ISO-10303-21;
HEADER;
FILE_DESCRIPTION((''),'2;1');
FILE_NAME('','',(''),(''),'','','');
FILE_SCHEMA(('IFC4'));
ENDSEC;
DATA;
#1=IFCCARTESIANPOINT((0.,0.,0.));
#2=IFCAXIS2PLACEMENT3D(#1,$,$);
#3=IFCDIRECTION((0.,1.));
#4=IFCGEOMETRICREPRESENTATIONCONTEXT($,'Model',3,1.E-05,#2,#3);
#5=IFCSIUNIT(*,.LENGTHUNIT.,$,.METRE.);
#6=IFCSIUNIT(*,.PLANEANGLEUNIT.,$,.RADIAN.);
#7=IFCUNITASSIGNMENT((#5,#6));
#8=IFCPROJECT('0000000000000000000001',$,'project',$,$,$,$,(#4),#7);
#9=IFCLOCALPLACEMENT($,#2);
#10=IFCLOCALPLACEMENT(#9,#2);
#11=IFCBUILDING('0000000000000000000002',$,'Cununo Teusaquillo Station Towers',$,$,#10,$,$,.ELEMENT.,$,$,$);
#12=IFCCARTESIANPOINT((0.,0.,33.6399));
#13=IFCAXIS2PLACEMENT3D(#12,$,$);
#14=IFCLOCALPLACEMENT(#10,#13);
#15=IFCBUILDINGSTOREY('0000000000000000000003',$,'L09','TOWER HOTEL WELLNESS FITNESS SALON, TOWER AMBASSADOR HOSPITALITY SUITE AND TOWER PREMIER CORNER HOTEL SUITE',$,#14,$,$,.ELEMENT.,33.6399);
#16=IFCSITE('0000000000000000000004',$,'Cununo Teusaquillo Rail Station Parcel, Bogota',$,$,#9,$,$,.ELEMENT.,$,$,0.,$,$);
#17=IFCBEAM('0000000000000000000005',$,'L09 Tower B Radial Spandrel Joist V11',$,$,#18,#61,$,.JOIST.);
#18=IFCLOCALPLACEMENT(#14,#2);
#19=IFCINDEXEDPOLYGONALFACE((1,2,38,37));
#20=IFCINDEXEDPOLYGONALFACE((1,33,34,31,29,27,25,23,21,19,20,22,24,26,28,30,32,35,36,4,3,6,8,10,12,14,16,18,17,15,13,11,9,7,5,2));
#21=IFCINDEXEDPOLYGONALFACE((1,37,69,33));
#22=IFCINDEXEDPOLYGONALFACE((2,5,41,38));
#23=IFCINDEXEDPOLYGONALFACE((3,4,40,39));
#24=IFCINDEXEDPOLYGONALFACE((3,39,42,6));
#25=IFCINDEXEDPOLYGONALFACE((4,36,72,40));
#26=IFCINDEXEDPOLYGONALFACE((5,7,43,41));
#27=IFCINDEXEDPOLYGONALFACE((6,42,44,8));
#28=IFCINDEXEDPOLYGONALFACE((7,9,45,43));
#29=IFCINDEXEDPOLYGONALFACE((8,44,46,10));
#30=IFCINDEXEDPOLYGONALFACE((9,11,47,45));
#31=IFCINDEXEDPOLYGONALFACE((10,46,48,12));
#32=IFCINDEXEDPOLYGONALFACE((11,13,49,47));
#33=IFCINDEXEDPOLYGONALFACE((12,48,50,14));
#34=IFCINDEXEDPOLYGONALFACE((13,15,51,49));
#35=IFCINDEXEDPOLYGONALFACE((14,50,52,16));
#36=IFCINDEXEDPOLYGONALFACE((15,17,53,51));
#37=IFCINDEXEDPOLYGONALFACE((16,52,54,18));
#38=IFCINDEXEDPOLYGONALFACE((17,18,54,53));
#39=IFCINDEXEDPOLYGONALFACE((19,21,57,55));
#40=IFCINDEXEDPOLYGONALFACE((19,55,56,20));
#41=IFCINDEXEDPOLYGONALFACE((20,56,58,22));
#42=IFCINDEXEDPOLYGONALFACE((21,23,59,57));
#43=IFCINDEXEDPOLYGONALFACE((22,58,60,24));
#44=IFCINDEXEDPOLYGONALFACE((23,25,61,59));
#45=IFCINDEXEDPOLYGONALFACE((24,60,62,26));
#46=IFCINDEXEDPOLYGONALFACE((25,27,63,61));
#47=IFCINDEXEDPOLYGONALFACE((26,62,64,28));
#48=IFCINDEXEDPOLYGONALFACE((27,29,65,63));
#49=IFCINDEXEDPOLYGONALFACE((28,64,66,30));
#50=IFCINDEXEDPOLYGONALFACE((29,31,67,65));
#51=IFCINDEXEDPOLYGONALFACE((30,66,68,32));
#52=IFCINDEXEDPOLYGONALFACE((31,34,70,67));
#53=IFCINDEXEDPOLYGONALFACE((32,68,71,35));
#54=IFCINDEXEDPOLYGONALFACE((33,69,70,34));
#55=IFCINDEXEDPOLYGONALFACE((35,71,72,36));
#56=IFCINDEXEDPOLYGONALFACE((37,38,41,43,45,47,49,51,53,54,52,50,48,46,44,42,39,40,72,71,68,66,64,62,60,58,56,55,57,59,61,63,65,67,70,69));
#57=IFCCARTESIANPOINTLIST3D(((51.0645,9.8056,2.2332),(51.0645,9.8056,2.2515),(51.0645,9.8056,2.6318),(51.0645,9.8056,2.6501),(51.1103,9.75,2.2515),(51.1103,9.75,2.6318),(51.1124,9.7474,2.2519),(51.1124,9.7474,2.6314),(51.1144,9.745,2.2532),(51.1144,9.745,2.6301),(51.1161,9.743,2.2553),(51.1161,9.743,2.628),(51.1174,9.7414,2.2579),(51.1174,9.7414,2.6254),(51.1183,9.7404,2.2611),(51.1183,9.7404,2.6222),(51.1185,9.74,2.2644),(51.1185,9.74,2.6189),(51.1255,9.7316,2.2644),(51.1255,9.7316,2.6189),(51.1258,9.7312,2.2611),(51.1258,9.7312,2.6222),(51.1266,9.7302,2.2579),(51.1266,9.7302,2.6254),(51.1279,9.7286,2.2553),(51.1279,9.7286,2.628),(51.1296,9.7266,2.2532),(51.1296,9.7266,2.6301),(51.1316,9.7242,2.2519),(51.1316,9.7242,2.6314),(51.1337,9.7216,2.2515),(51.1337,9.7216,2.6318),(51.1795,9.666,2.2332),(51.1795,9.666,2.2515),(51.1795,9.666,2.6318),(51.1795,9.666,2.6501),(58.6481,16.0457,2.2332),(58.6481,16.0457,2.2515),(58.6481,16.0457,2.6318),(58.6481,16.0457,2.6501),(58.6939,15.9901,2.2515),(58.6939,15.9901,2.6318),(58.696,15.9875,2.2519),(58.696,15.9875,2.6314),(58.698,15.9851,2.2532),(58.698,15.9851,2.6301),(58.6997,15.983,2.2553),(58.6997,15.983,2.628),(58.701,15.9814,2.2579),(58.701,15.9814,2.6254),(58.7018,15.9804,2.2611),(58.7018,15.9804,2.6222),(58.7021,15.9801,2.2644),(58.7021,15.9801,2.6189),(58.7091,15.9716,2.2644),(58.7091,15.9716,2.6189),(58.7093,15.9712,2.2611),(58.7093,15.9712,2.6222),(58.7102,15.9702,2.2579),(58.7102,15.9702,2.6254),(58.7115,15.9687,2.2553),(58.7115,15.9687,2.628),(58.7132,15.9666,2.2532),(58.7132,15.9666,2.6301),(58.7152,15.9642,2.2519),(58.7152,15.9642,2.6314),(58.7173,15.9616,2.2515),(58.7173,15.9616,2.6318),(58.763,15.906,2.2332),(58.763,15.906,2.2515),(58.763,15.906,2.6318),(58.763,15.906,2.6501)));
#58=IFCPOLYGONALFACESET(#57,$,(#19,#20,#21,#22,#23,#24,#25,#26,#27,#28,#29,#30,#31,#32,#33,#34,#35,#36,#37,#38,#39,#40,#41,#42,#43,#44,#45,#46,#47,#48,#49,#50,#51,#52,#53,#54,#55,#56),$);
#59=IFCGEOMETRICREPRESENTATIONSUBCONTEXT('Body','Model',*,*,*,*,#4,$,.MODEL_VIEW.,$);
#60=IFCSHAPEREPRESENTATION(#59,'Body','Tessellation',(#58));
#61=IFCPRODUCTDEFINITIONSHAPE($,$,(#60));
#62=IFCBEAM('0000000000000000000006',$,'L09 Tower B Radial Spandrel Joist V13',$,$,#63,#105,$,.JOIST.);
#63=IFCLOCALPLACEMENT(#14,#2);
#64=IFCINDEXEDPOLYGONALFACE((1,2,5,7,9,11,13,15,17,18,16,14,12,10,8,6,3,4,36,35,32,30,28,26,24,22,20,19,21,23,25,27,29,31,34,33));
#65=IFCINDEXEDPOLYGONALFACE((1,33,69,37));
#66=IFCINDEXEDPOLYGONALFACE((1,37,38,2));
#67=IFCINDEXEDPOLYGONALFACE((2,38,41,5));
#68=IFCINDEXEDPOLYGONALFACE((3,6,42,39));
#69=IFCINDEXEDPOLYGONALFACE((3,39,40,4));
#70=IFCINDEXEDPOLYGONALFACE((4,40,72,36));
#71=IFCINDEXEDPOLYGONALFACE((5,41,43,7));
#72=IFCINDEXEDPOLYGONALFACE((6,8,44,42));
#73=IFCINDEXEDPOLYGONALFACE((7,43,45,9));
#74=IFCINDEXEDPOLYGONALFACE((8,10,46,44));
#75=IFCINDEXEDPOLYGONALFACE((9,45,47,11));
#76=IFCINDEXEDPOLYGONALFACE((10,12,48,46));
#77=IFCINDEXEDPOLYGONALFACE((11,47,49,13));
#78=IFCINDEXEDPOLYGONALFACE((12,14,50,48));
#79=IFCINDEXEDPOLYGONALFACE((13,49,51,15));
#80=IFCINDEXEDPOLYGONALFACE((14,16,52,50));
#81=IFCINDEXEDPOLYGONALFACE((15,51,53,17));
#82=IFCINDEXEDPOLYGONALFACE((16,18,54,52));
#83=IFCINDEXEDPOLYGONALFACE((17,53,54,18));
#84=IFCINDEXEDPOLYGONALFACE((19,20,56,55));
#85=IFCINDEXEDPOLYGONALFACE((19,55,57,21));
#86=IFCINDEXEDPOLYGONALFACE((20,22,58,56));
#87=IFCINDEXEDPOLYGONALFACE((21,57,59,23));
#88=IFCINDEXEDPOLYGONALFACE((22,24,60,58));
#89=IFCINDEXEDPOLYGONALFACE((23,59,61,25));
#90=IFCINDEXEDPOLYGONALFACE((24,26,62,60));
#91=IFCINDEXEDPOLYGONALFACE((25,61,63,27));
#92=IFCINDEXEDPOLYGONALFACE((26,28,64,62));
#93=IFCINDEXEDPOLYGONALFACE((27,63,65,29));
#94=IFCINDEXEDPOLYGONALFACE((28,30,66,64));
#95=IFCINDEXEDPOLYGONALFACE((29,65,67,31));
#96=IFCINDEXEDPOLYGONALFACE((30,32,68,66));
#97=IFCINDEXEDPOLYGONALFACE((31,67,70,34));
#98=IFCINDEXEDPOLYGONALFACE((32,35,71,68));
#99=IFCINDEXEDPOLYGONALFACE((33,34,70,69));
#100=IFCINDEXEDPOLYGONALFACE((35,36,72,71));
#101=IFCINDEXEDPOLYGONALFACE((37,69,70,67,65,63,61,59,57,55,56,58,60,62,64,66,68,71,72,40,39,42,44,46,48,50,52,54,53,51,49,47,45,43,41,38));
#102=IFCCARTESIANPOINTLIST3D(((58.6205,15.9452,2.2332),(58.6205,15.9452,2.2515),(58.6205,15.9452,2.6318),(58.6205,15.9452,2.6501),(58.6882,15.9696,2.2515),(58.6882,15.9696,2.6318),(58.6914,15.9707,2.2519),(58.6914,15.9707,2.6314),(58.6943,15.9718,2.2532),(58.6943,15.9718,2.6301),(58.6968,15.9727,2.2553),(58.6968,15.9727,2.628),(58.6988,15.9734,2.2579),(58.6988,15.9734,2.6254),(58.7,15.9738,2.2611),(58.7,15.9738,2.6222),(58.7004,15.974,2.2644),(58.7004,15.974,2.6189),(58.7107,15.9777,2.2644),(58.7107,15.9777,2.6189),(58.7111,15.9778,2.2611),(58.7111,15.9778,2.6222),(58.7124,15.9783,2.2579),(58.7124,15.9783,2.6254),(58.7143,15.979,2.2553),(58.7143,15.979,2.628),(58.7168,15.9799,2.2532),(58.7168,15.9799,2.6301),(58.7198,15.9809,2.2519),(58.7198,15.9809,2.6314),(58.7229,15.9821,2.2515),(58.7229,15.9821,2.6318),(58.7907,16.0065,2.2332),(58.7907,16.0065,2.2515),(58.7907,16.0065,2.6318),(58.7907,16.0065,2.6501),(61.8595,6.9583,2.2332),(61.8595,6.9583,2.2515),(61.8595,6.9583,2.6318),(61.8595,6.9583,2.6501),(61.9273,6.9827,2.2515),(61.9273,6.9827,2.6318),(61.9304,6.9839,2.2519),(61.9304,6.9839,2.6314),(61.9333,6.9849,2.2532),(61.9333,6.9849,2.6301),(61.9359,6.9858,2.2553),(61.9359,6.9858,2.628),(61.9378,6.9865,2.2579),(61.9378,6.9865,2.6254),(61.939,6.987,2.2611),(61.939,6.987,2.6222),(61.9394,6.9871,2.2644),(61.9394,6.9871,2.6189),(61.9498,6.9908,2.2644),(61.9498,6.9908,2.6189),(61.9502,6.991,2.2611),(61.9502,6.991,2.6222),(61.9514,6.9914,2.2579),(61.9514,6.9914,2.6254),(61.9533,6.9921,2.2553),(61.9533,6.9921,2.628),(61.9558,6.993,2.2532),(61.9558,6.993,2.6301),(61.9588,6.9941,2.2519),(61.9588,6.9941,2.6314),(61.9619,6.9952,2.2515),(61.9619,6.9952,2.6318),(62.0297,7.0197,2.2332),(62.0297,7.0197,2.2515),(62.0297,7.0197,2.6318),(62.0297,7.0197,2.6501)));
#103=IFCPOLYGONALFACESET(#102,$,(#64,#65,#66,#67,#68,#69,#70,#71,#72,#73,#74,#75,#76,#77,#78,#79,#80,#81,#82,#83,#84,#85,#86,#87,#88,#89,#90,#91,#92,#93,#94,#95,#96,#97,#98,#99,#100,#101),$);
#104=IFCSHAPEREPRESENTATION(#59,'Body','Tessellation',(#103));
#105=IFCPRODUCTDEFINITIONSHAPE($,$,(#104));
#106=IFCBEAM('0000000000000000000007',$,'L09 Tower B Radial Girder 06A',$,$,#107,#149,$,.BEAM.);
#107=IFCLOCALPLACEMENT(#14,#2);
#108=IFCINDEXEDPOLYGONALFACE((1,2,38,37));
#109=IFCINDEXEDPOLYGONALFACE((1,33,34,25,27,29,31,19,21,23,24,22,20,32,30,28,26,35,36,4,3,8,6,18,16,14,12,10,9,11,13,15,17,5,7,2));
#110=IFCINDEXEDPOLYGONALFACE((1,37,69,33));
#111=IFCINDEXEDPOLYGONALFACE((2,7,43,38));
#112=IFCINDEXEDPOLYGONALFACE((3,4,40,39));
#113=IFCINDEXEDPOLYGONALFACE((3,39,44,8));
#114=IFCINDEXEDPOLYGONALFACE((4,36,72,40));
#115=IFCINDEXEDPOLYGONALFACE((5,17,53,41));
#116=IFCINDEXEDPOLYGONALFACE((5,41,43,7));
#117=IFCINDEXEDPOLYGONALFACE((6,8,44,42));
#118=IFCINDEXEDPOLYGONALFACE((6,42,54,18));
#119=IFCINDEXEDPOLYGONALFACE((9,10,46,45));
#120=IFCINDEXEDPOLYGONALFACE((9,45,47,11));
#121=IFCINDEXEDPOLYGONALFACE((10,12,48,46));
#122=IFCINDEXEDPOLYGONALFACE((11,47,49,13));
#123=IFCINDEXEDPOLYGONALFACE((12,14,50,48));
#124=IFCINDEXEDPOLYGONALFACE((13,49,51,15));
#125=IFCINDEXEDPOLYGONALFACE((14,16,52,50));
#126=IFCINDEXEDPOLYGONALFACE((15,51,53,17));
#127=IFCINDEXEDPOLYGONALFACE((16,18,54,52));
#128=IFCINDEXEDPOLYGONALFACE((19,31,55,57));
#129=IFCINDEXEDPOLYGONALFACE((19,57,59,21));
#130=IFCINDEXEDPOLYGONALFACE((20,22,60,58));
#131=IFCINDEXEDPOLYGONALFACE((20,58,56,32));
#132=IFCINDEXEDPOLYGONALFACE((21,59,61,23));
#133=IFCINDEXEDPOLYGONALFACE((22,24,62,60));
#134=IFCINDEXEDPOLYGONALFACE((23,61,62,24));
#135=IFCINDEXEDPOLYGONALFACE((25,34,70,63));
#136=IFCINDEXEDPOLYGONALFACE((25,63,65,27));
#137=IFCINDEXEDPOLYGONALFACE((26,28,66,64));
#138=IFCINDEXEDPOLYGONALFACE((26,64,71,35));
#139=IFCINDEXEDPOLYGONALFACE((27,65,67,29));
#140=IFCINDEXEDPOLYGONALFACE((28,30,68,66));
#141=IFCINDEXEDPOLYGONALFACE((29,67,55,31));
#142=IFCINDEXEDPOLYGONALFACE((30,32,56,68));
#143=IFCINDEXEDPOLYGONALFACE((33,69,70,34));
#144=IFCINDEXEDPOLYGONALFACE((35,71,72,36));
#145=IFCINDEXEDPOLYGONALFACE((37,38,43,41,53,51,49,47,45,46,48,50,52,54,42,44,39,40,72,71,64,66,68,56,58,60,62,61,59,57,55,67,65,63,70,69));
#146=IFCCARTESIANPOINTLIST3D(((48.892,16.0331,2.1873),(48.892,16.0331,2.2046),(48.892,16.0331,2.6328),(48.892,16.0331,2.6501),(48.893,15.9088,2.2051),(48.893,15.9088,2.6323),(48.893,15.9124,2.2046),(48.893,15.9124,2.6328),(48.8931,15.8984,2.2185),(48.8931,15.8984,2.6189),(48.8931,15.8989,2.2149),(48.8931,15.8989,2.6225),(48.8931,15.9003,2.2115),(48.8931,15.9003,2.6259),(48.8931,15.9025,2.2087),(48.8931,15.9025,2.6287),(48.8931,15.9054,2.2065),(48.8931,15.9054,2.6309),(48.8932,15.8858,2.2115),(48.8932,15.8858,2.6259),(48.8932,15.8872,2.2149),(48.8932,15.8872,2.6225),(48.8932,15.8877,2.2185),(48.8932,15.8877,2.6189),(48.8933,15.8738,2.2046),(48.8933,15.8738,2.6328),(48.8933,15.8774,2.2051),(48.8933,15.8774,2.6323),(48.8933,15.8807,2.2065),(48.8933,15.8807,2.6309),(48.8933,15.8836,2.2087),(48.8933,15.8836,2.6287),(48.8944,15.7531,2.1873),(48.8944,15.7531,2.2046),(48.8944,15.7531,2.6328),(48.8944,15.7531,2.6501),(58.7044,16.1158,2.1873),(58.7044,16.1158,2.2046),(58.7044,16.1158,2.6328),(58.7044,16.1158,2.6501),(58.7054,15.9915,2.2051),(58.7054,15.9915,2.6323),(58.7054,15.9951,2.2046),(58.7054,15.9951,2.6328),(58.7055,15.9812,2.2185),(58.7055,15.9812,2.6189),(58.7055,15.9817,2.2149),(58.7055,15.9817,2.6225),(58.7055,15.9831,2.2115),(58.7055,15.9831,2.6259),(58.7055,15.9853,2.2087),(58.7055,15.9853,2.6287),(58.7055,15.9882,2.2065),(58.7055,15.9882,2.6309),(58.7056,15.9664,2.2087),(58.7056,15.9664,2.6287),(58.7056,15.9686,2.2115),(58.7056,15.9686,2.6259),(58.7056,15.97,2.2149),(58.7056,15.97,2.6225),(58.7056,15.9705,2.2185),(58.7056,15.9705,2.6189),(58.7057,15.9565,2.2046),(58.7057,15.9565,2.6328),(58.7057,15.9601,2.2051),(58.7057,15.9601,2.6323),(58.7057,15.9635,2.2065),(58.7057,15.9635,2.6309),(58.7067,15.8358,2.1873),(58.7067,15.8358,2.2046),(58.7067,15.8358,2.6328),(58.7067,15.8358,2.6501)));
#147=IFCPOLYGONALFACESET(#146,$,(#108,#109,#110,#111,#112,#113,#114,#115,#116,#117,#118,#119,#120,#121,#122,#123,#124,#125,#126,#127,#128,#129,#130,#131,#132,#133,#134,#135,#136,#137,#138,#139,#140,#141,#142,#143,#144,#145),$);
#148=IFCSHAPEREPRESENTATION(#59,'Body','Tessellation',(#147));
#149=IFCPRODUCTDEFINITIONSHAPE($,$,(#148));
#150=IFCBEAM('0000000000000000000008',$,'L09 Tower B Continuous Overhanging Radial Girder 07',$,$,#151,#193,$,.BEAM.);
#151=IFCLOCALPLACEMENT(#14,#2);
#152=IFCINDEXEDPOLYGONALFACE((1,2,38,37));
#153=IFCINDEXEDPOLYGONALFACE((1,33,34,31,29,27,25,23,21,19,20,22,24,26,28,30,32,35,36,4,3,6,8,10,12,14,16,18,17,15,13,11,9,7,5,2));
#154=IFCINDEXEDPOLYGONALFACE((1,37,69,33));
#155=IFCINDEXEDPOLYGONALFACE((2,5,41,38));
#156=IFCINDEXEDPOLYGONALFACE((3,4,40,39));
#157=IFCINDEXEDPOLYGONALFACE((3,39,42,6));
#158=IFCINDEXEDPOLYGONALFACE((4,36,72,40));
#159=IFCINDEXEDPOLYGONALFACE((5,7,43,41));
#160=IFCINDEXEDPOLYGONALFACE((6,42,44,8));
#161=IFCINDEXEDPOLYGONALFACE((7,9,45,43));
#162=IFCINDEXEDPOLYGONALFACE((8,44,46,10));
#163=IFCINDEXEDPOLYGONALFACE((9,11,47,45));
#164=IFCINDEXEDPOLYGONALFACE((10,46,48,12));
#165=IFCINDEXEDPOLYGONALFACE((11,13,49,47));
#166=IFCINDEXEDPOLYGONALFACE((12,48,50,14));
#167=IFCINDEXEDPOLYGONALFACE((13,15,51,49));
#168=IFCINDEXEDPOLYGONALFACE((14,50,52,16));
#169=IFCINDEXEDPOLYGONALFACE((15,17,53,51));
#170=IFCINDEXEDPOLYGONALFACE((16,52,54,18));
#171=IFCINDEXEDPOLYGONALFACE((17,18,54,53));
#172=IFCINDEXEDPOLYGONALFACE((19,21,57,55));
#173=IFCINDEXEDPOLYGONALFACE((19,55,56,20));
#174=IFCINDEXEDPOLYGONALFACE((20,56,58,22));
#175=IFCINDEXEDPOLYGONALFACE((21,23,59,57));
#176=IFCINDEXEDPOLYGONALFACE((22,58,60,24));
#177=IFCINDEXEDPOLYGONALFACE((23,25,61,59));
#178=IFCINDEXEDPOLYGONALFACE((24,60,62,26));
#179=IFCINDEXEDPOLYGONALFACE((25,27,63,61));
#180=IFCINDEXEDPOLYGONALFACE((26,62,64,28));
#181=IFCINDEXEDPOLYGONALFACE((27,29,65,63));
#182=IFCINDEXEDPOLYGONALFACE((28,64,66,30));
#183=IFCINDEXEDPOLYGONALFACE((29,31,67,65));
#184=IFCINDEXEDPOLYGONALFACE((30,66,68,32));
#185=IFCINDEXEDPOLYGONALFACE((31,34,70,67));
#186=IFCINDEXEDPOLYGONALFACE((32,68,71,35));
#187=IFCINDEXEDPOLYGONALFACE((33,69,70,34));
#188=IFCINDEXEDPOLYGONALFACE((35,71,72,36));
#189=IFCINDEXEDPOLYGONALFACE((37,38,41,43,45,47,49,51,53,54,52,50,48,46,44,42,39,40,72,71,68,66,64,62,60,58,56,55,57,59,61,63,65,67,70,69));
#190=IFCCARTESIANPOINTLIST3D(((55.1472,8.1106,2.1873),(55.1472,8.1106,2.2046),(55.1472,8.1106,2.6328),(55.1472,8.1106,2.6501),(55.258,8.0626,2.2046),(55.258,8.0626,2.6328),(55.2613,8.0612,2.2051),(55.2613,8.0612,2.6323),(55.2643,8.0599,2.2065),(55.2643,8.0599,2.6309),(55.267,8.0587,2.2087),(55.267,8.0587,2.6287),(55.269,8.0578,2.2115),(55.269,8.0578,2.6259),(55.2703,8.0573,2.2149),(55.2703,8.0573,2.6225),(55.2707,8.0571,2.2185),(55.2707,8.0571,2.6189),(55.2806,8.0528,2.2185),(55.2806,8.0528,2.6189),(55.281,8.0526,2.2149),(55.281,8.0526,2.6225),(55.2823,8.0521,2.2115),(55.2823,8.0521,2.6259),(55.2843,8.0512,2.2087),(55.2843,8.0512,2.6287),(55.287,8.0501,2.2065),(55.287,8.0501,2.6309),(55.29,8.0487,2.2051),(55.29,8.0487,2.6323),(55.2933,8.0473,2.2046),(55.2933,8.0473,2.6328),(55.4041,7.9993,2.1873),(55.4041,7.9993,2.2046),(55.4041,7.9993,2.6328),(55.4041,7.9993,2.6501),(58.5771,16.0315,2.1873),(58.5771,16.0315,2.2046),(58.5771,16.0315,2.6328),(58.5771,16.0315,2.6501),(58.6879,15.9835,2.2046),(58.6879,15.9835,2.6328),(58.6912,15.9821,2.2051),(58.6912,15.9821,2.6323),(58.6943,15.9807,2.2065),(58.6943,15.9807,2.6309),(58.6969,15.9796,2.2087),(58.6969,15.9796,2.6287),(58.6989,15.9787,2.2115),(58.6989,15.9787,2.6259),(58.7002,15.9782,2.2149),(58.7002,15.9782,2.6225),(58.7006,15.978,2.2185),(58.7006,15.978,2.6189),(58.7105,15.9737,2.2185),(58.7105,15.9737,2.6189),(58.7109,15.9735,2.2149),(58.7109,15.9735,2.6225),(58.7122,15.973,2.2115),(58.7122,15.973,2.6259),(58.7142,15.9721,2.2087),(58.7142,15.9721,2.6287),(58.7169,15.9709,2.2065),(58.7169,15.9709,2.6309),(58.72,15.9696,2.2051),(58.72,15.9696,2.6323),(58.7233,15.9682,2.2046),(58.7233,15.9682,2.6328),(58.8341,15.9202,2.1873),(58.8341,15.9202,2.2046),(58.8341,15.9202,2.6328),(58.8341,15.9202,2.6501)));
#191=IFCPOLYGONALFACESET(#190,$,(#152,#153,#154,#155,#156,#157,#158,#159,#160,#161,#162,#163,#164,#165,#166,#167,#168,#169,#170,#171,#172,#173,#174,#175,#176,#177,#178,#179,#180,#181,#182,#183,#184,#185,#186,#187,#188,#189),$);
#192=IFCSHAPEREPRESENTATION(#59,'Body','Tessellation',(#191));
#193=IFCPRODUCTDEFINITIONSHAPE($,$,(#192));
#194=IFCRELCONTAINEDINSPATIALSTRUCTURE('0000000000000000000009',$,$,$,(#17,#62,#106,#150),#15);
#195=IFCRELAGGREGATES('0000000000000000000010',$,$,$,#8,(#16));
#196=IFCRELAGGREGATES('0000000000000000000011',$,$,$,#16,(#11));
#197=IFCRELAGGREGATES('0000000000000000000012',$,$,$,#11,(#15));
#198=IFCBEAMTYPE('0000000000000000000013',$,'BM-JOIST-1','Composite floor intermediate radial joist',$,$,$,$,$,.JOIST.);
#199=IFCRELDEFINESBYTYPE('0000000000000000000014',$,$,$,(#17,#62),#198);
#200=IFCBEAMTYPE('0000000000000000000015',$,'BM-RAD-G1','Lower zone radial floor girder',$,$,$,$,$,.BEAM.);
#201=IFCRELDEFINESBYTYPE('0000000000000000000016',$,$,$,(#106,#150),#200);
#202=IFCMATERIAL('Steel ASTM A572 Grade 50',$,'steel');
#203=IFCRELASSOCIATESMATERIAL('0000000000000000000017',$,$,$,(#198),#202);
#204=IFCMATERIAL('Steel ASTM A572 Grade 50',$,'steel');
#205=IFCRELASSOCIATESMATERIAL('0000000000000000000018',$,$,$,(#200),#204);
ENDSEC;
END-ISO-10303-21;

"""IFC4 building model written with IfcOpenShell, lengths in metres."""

from ifc_helpers import new_model, si_unit, direction, frame, origin, origin_2d, place, context, subcontext, project, spatial, i_section, extrude, material, material_profile, profile_set, type_object, element, save


model = new_model("IFC4")

# Units and contexts
model_context = context("Model", 3, precision=1e-05, world=origin(), true_north=direction((0.0, 1.0)))
body_context = subcontext(model_context, "Body", "Model", "MODEL_VIEW")
ifc_project = project(units=[si_unit("LENGTHUNIT", "METRE"), si_unit("PLANEANGLEUNIT", "RADIAN")], contexts=[model_context])

# Site, building, storey
site_placement = place(None, origin())
site = spatial("IfcSite", under=ifc_project, at=site_placement, Name="Cununo Teusaquillo Rail Station Parcel, Bogota", CompositionType="ELEMENT", RefElevation=0.0)
building_placement = place(site_placement, origin())
building = spatial("IfcBuilding", under=site, at=building_placement, Name="Cununo Teusaquillo Station Towers", CompositionType="ELEMENT")
storey_placement = place(building_placement, frame((0.0, 0.0, 33.6399)))
storey = spatial("IfcBuildingStorey", under=building, at=storey_placement, Name="L09", Description="TOWER HOTEL WELLNESS FITNESS SALON, TOWER AMBASSADOR HOSPITALITY SUITE AND TOWER PREMIER CORNER HOTEL SUITE", CompositionType="ELEMENT", Elevation=33.6399)

# Beams
ifc_material_1 = material(Name="Steel ASTM A572 Grade 50", Category="steel")
ifc_material_profile_1 = material_profile(ifc_material_1, i_section(OverallWidth=0.1809, OverallDepth=0.417, WebThickness=0.011, FlangeThickness=0.0183, FilletRadius=0.0129, at=origin_2d()), Name="W16X57")
ifc_profile_set_1 = profile_set([ifc_material_profile_1], Name="Steel ASTM A572 Grade 50")
beam_type_1 = type_object("IfcBeamType", Name="BM-JOIST-1", Description="Composite floor intermediate radial joist", PredefinedType="JOIST", material=ifc_profile_set_1)
beam_1_placement = place(storey_placement, frame((58.7056, 15.9758, 2.4417), z_axis=(-0.772192, -0.635389, 0.0), x_axis=(0.635389, -0.772192, 0.0)))
element("IfcBeam", 1, at=beam_1_placement, inside=storey, type_object=beam_type_1, Name="L09 Tower B Radial Spandrel Joist V11", PredefinedType="JOIST", context=body_context, shape_type="SweptSolid", body=[
    extrude(i_section(OverallWidth=0.1809, OverallDepth=0.417, WebThickness=0.011, FlangeThickness=0.0183, FilletRadius=0.0129, at=origin_2d()), origin(), (0.0, 0.0, 1.0), 9.8208),
])
beam_2_placement = place(storey_placement, frame((58.7056, 15.9758, 2.4417), z_axis=(0.339068, -0.940762, 0.0), x_axis=(0.940762, 0.339068, 0.0)))
element("IfcBeam", 2, at=beam_2_placement, inside=storey, type_object=beam_type_1, Name="L09 Tower B Radial Spandrel Joist V13", PredefinedType="JOIST", context=body_context, shape_type="SweptSolid", body=[
    extrude(i_section(OverallWidth=0.1809, OverallDepth=0.417, WebThickness=0.011, FlangeThickness=0.0183, FilletRadius=0.0129, at=origin_2d()), origin(), (0.0, 0.0, 1.0), 9.5527),
])
ifc_material_2 = material(Name="Steel ASTM A572 Grade 50", Category="steel")
ifc_material_profile_2 = material_profile(ifc_material_2, i_section(OverallWidth=0.28, OverallDepth=0.4629, WebThickness=0.0107, FlangeThickness=0.0173, FilletRadius=0.0139, at=origin_2d()), Name="W18X76")
ifc_profile_set_2 = profile_set([ifc_material_profile_2], Name="Steel ASTM A572 Grade 50")
beam_type_2 = type_object("IfcBeamType", Name="BM-RAD-G1", Description="Lower zone radial floor girder", PredefinedType="BEAM", material=ifc_profile_set_2)
beam_3_placement = place(storey_placement, frame((58.7056, 15.9758, 2.4187), z_axis=(-0.999964, -0.008434, 0.0), x_axis=(0.008434, -0.999964, 0.0)))
element("IfcBeam", 3, at=beam_3_placement, inside=storey, type_object=beam_type_2, Name="L09 Tower B Radial Girder 06A", PredefinedType="BEAM", context=body_context, shape_type="SweptSolid", body=[
    extrude(i_section(OverallWidth=0.28, OverallDepth=0.4629, WebThickness=0.0107, FlangeThickness=0.0173, FilletRadius=0.0139, at=origin_2d()), origin(), (0.0, 0.0, 1.0), 9.8127),
])
beam_4_placement = place(storey_placement, frame((58.7056, 15.9758, 2.4187), z_axis=(-0.397368, -0.917659, 0.0), x_axis=(0.917659, -0.397368, 0.0)))
element("IfcBeam", 4, at=beam_4_placement, inside=storey, type_object=beam_type_2, Name="L09 Tower B Continuous Overhanging Radial Girder 07", PredefinedType="BEAM", context=body_context, shape_type="SweptSolid", body=[
    extrude(i_section(OverallWidth=0.28, OverallDepth=0.4629, WebThickness=0.0107, FlangeThickness=0.0173, FilletRadius=0.0139, at=origin_2d()), origin(), (0.0, 0.0, 1.0), 8.6316),
])

save(model, "model.ifc")
